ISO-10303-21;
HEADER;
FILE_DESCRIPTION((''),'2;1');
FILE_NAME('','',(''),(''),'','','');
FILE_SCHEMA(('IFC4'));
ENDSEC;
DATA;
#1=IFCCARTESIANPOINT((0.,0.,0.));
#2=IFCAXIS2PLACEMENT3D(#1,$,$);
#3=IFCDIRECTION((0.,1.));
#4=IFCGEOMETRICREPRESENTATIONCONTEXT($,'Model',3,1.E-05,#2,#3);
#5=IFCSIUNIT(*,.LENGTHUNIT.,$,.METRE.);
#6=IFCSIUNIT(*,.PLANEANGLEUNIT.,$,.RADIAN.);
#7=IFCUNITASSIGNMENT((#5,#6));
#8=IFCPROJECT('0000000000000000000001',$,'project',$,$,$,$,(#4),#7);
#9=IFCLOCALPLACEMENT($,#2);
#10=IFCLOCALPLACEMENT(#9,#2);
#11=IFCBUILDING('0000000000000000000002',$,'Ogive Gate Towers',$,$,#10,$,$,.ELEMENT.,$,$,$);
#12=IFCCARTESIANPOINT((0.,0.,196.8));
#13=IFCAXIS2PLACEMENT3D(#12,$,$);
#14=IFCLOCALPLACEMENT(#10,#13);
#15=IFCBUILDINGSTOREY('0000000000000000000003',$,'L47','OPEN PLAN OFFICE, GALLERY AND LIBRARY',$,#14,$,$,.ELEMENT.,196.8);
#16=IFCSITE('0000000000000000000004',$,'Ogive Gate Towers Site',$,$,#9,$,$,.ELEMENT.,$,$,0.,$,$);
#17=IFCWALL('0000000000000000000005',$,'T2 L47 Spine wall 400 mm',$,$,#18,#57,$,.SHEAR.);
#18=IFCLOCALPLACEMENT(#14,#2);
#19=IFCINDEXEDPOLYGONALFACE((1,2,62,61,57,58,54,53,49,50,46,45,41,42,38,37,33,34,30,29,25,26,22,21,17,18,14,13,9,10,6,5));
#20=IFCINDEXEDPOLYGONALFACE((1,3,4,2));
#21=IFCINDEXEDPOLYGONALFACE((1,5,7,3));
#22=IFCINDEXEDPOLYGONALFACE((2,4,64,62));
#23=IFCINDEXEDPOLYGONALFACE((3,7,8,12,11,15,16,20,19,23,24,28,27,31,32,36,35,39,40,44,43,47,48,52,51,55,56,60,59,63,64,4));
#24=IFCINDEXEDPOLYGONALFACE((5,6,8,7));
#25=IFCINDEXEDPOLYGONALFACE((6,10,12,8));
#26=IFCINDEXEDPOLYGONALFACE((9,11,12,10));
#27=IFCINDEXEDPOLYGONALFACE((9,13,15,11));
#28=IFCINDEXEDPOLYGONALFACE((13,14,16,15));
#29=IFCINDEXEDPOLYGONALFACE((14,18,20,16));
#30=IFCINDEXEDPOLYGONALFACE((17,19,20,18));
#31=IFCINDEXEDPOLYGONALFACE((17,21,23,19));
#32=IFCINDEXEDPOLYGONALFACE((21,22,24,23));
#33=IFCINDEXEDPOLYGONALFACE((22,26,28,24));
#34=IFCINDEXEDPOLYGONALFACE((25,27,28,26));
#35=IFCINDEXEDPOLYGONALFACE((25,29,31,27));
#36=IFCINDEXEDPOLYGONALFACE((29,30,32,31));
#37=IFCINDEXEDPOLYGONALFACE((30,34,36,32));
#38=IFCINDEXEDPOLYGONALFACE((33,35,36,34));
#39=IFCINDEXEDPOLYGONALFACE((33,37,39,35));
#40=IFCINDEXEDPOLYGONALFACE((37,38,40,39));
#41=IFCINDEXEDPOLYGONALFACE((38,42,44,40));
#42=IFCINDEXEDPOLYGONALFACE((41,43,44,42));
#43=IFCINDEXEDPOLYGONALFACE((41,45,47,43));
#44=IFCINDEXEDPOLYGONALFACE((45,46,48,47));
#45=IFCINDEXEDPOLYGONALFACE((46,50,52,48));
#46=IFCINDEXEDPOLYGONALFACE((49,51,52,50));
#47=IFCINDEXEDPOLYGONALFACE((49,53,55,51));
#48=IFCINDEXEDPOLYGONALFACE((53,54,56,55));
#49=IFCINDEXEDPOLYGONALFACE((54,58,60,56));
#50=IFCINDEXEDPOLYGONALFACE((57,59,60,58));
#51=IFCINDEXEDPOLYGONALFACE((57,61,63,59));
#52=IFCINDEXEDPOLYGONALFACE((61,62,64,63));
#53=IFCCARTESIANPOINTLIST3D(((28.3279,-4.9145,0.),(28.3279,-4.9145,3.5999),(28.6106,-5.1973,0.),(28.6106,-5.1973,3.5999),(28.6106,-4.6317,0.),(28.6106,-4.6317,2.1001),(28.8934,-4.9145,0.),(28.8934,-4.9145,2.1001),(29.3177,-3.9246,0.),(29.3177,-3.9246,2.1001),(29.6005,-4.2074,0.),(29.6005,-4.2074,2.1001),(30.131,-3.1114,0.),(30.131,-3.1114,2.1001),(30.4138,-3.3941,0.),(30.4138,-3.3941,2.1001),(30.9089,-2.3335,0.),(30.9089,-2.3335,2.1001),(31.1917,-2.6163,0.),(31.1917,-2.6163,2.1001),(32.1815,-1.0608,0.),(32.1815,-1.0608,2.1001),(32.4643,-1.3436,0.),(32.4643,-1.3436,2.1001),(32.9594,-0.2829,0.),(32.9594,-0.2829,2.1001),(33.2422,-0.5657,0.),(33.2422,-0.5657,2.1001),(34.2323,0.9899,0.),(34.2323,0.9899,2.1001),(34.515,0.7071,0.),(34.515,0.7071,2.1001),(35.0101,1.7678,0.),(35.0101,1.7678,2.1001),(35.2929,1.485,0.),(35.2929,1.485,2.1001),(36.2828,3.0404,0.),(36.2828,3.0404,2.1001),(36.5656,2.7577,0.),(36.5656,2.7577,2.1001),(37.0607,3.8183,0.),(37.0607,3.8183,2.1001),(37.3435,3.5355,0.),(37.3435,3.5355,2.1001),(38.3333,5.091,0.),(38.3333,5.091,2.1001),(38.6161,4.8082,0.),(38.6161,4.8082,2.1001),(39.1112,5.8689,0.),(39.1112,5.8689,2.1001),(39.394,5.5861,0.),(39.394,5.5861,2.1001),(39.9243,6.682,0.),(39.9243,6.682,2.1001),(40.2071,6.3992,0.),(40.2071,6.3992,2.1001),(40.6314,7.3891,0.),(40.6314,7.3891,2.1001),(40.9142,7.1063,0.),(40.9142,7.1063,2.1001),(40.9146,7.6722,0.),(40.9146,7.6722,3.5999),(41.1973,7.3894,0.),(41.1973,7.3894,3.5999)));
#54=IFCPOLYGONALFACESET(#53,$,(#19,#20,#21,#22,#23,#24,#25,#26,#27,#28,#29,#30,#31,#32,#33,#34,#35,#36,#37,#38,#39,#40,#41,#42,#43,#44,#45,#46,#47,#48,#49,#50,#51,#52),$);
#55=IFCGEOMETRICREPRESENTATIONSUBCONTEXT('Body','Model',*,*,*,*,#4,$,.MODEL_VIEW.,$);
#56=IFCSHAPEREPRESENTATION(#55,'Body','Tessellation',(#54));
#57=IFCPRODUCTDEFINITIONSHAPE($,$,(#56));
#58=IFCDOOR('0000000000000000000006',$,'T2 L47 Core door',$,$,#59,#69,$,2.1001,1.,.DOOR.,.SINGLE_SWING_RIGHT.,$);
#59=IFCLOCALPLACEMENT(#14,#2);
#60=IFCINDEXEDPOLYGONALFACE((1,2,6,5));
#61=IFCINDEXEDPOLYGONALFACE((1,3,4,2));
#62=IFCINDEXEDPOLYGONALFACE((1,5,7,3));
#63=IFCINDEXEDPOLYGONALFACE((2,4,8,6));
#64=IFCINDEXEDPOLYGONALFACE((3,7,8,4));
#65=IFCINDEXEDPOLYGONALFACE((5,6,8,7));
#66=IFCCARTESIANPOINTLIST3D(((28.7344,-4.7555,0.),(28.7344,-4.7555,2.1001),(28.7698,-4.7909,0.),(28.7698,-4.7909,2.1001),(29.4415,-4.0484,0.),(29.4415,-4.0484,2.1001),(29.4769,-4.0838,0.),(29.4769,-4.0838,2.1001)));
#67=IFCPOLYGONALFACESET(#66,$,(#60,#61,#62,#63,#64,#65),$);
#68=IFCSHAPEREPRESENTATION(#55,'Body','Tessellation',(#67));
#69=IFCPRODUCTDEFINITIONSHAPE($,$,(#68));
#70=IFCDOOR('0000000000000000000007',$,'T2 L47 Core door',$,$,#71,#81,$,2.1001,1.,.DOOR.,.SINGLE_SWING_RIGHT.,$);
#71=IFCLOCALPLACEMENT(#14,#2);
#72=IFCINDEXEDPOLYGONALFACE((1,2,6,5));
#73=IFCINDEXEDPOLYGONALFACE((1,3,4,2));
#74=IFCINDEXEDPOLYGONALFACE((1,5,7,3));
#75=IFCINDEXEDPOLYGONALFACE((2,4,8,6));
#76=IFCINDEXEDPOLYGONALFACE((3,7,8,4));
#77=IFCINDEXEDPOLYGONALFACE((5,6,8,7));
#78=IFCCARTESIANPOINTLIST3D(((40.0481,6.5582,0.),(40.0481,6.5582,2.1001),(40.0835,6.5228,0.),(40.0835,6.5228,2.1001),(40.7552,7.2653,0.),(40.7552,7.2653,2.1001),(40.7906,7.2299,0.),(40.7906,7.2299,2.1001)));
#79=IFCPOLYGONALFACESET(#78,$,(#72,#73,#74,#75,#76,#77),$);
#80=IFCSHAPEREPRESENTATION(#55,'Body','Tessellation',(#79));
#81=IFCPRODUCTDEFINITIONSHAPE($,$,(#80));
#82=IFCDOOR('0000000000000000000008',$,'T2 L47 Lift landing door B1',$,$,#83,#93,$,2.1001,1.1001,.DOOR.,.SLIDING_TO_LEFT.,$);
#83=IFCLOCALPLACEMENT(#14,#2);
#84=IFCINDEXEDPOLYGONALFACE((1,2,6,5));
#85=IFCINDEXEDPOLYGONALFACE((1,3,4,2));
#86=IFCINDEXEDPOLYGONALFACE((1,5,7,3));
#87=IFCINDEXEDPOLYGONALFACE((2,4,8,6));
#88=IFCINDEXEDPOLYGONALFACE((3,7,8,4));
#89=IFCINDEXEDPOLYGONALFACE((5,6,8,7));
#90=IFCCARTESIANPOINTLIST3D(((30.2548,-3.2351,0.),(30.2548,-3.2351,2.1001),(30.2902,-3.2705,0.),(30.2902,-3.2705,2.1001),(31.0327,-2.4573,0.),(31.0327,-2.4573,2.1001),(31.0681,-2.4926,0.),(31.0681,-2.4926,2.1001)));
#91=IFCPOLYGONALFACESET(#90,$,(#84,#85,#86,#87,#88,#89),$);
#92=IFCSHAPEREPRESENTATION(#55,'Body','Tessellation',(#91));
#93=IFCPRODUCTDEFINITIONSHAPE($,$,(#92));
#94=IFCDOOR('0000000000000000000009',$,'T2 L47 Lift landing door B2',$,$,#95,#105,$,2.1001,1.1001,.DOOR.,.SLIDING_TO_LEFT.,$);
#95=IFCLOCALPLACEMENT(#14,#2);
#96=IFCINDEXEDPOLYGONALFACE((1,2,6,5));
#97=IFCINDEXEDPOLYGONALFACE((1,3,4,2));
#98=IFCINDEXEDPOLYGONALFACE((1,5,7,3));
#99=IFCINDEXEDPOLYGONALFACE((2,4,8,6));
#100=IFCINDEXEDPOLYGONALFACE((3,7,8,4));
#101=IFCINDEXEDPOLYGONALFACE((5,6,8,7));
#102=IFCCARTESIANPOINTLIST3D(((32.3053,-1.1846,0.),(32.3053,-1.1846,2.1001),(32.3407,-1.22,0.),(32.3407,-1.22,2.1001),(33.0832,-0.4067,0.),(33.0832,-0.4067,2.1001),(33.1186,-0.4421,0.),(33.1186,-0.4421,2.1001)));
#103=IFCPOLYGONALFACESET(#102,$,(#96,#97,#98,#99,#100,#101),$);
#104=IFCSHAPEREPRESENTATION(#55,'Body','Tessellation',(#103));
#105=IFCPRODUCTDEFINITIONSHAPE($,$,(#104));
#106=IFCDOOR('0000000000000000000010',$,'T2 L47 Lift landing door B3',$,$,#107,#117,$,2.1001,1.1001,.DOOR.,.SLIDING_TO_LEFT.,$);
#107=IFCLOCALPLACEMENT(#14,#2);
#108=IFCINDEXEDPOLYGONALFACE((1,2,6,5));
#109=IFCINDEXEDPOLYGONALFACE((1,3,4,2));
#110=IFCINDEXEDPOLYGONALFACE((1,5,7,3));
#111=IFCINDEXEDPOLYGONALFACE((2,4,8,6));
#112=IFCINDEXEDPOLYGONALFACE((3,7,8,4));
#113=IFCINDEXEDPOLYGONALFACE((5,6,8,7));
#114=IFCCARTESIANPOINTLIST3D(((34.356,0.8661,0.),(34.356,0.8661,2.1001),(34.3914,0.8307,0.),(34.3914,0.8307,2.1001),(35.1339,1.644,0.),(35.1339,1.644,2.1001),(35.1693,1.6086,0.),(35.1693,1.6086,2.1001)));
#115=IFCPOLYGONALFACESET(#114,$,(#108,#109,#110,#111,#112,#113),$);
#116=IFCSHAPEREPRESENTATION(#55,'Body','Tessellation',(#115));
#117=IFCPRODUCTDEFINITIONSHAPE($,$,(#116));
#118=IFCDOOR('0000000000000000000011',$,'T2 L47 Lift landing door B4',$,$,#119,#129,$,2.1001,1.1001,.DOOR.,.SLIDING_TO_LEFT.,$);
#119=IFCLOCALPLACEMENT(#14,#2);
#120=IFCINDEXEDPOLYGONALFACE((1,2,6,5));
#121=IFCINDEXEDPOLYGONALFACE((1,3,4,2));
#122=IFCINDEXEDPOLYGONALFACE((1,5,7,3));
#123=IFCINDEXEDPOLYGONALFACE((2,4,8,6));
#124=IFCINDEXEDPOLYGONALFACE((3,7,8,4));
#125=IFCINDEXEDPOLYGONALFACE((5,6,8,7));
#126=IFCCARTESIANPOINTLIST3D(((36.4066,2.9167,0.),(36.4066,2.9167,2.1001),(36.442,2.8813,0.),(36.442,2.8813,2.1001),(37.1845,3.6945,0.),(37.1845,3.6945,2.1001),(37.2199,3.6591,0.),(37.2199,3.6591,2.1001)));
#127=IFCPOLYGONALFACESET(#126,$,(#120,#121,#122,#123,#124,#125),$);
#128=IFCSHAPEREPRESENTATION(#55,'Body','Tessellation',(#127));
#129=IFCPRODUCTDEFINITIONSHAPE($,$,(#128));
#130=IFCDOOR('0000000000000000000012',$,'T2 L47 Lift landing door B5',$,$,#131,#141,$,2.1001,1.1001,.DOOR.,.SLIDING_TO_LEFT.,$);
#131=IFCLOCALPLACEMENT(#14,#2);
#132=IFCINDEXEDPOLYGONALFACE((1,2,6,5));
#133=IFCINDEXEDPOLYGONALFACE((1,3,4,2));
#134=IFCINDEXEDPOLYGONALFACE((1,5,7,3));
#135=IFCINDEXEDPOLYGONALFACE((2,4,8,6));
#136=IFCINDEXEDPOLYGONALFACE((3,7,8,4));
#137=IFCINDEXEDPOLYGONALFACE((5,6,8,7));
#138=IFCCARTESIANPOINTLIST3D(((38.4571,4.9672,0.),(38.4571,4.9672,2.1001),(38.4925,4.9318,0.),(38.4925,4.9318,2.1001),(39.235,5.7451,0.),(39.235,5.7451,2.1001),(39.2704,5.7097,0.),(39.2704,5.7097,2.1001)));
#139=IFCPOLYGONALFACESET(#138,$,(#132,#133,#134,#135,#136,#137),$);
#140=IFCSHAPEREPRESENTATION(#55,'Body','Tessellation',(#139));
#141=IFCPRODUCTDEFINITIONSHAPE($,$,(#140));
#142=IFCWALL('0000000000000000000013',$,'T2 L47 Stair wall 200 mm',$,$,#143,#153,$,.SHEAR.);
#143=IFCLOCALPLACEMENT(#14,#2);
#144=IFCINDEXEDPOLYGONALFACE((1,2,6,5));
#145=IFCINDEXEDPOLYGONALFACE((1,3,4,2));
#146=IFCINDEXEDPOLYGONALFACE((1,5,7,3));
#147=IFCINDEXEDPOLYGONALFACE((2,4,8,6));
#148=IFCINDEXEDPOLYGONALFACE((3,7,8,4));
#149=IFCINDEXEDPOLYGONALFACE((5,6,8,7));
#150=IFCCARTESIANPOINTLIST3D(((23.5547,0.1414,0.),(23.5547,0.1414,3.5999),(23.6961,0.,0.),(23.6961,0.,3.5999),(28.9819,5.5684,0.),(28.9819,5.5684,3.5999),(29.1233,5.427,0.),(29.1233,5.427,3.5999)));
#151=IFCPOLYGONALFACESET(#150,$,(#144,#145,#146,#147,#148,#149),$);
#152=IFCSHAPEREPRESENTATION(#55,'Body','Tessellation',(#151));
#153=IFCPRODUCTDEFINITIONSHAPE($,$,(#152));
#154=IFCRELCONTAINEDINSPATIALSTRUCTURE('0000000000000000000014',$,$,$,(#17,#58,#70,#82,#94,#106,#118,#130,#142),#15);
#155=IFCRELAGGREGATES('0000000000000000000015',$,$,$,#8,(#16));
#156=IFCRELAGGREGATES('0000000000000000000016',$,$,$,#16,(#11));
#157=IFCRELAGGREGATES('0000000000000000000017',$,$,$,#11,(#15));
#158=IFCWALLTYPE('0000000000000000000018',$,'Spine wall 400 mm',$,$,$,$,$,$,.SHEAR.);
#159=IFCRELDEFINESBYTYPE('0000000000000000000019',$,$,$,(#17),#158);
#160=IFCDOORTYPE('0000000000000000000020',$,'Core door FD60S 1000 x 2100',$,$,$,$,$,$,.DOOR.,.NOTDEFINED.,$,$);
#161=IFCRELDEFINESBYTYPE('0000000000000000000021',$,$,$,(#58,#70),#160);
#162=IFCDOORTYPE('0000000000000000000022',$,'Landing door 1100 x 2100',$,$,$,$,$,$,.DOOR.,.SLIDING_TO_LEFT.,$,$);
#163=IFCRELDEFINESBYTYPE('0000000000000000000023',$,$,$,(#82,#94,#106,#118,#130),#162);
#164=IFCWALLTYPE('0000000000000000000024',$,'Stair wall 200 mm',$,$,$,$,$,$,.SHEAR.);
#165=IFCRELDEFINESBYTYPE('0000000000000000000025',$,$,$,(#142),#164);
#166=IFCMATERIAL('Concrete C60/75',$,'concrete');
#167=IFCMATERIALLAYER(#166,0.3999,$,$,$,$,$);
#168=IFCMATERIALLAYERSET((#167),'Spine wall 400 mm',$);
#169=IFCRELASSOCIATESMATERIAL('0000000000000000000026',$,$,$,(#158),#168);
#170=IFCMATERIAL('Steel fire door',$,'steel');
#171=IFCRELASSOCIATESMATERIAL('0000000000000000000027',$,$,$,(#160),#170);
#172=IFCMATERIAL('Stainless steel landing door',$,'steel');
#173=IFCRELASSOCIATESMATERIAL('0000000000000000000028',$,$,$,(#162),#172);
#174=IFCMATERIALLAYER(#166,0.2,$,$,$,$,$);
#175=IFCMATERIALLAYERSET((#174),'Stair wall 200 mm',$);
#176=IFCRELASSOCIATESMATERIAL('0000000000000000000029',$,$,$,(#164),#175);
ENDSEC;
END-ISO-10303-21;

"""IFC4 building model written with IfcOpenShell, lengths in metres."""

from ifc_helpers import new_model, si_unit, direction, frame, frame_2d, origin, place, context, subcontext, project, spatial, rectangle, extrude, material, layer, layer_set, type_object, element, fill, save


model = new_model("IFC4")

# Units and contexts
model_context = context("Model", 3, precision=1e-05, world=origin(), true_north=direction((0.0, 1.0)))
body_context = subcontext(model_context, "Body", "Model", "MODEL_VIEW")
ifc_project = project(units=[si_unit("LENGTHUNIT", "METRE"), si_unit("PLANEANGLEUNIT", "RADIAN")], contexts=[model_context])

# Site, building, storey
site_placement = place(None, origin())
site = spatial("IfcSite", under=ifc_project, at=site_placement, Name="Ogive Gate Towers Site", CompositionType="ELEMENT", RefElevation=0.0)
building_placement = place(site_placement, origin())
building = spatial("IfcBuilding", under=site, at=building_placement, Name="Ogive Gate Towers", CompositionType="ELEMENT")
storey_placement = place(building_placement, frame((0.0, 0.0, 196.8)))
storey = spatial("IfcBuildingStorey", under=building, at=storey_placement, Name="L47", Description="OPEN PLAN OFFICE, GALLERY AND LIBRARY", CompositionType="ELEMENT", Elevation=196.8)

# Shared definitions
ifc_material_1 = material(Name="Concrete C60/75", Category="concrete")
ifc_material_2 = material(Name="Steel fire door", Category="steel")

# Wall, openings, doors
ifc_layer_1 = layer(ifc_material_1, 0.3999)
ifc_layer_set_1 = layer_set([ifc_layer_1], Name="Spine wall 400 mm")
wall_type_1 = type_object("IfcWallType", Name="Spine wall 400 mm", PredefinedType="SHEAR", material=ifc_layer_set_1)
door_type_1 = type_object("IfcDoorType", Name="Core door FD60S 1000 x 2100", OperationType="NOTDEFINED", PredefinedType="DOOR", material=ifc_material_2)
ifc_material_3 = material(Name="Stainless steel landing door", Category="steel")
door_type_2 = type_object("IfcDoorType", Name="Landing door 1100 x 2100", OperationType="SLIDING_TO_LEFT", PredefinedType="DOOR", material=ifc_material_3)
wall_1_placement = place(storey_placement, frame((28.4692, -5.0559, 0.0), z_axis=(0.0, 0.0, 1.0), x_axis=(0.707107, 0.707107, 0.0)))
wall_1 = element("IfcWall", 1, at=wall_1_placement, inside=storey, type_object=wall_type_1, Name="T2 L47 Spine wall 400 mm", PredefinedType="SHEAR", context=body_context, shape_type="SweptSolid", body=[
    extrude(rectangle(XDim=17.8003, YDim=0.3999, at=frame_2d((8.9001, 0.0))), origin(), (0.0, 0.0, 1.0), 3.5999),
])
opening_1_placement = place(wall_1_placement, frame((0.3999, 0.0, 0.0)))
opening_1 = element("IfcOpeningElement", 2, at=opening_1_placement, cuts=wall_1, PredefinedType="OPENING", context=body_context, shape_type="SweptSolid", body=[
    extrude(rectangle(XDim=1.0, YDim=2.1001, at=frame_2d((0.5, 1.05))), frame((0.0, 0.21, 0.0), z_axis=(0.0, -1.0, 0.0), x_axis=(1.0, 0.0, 0.0)), (0.0, 0.0, 1.0), 0.4199),
])
opening_2_placement = place(wall_1_placement, frame((2.55, 0.0, 0.0)))
opening_2 = element("IfcOpeningElement", 3, at=opening_2_placement, cuts=wall_1, PredefinedType="OPENING", context=body_context, shape_type="SweptSolid", body=[
    extrude(rectangle(XDim=1.1001, YDim=2.1001, at=frame_2d((0.55, 1.05))), frame((0.0, 0.21, 0.0), z_axis=(0.0, -1.0, 0.0), x_axis=(1.0, 0.0, 0.0)), (0.0, 0.0, 1.0), 0.4199),
])
opening_3_placement = place(wall_1_placement, frame((5.45, 0.0, 0.0)))
opening_3 = element("IfcOpeningElement", 4, at=opening_3_placement, cuts=wall_1, PredefinedType="OPENING", context=body_context, shape_type="SweptSolid", body=[
    extrude(rectangle(XDim=1.1001, YDim=2.1001, at=frame_2d((0.55, 1.05))), frame((0.0, 0.21, 0.0), z_axis=(0.0, -1.0, 0.0), x_axis=(1.0, 0.0, 0.0)), (0.0, 0.0, 1.0), 0.4199),
])
opening_4_placement = place(wall_1_placement, frame((8.3501, 0.0, 0.0)))
opening_4 = element("IfcOpeningElement", 5, at=opening_4_placement, cuts=wall_1, PredefinedType="OPENING", context=body_context, shape_type="SweptSolid", body=[
    extrude(rectangle(XDim=1.1001, YDim=2.1001, at=frame_2d((0.55, 1.05))), frame((0.0, 0.21, 0.0), z_axis=(0.0, -1.0, 0.0), x_axis=(1.0, 0.0, 0.0)), (0.0, 0.0, 1.0), 0.4199),
])
opening_5_placement = place(wall_1_placement, frame((11.25, 0.0, 0.0)))
opening_5 = element("IfcOpeningElement", 6, at=opening_5_placement, cuts=wall_1, PredefinedType="OPENING", context=body_context, shape_type="SweptSolid", body=[
    extrude(rectangle(XDim=1.1001, YDim=2.1001, at=frame_2d((0.55, 1.05))), frame((0.0, 0.21, 0.0), z_axis=(0.0, -1.0, 0.0), x_axis=(1.0, 0.0, 0.0)), (0.0, 0.0, 1.0), 0.4199),
])
opening_6_placement = place(wall_1_placement, frame((14.1499, 0.0, 0.0)))
opening_6 = element("IfcOpeningElement", 7, at=opening_6_placement, cuts=wall_1, PredefinedType="OPENING", context=body_context, shape_type="SweptSolid", body=[
    extrude(rectangle(XDim=1.1001, YDim=2.1001, at=frame_2d((0.55, 1.05))), frame((0.0, 0.21, 0.0), z_axis=(0.0, -1.0, 0.0), x_axis=(1.0, 0.0, 0.0)), (0.0, 0.0, 1.0), 0.4199),
])
opening_7_placement = place(wall_1_placement, frame((16.3999, 0.0, 0.0)))
opening_7 = element("IfcOpeningElement", 8, at=opening_7_placement, cuts=wall_1, PredefinedType="OPENING", context=body_context, shape_type="SweptSolid", body=[
    extrude(rectangle(XDim=1.0, YDim=2.1001, at=frame_2d((0.5, 1.05))), frame((0.0, 0.21, 0.0), z_axis=(0.0, -1.0, 0.0), x_axis=(1.0, 0.0, 0.0)), (0.0, 0.0, 1.0), 0.4199),
])
door_1_placement = place(opening_1_placement, origin())
door_1 = element("IfcDoor", 9, at=door_1_placement, inside=storey, type_object=door_type_1, Name="T2 L47 Core door", OperationType="SINGLE_SWING_RIGHT", OverallHeight=2.1001, OverallWidth=1.0, PredefinedType="DOOR", context=body_context, shape_type="SweptSolid", body=[
    extrude(rectangle(XDim=1.0, YDim=2.1001, at=frame_2d((0.5, 1.05))), frame((0.0, 0.0249, 0.0), z_axis=(0.0, -1.0, 0.0), x_axis=(1.0, 0.0, 0.0)), (0.0, 0.0, 1.0), 0.05),
])
fill(opening_1, door_1)
door_2_placement = place(opening_7_placement, origin())
door_2 = element("IfcDoor", 10, at=door_2_placement, inside=storey, type_object=door_type_1, Name="T2 L47 Core door", OperationType="SINGLE_SWING_RIGHT", OverallHeight=2.1001, OverallWidth=1.0, PredefinedType="DOOR", context=body_context, shape_type="SweptSolid", body=[
    extrude(rectangle(XDim=1.0, YDim=2.1001, at=frame_2d((0.5, 1.05))), frame((0.0, 0.0249, 0.0), z_axis=(0.0, -1.0, 0.0), x_axis=(1.0, 0.0, 0.0)), (0.0, 0.0, 1.0), 0.05),
])
fill(opening_7, door_2)
door_3_placement = place(opening_2_placement, origin())
door_3 = element("IfcDoor", 11, at=door_3_placement, inside=storey, type_object=door_type_2, Name="T2 L47 Lift landing door B1", OperationType="SLIDING_TO_LEFT", OverallHeight=2.1001, OverallWidth=1.1001, PredefinedType="DOOR", context=body_context, shape_type="SweptSolid", body=[
    extrude(rectangle(XDim=1.1001, YDim=2.1001, at=frame_2d((0.55, 1.05))), frame((0.0, 0.0249, 0.0), z_axis=(0.0, -1.0, 0.0), x_axis=(1.0, 0.0, 0.0)), (0.0, 0.0, 1.0), 0.05),
])
fill(opening_2, door_3)
door_4_placement = place(opening_3_placement, origin())
door_4 = element("IfcDoor", 12, at=door_4_placement, inside=storey, type_object=door_type_2, Name="T2 L47 Lift landing door B2", OperationType="SLIDING_TO_LEFT", OverallHeight=2.1001, OverallWidth=1.1001, PredefinedType="DOOR", context=body_context, shape_type="SweptSolid", body=[
    extrude(rectangle(XDim=1.1001, YDim=2.1001, at=frame_2d((0.55, 1.05))), frame((0.0, 0.0249, 0.0), z_axis=(0.0, -1.0, 0.0), x_axis=(1.0, 0.0, 0.0)), (0.0, 0.0, 1.0), 0.05),
])
fill(opening_3, door_4)
door_5_placement = place(opening_4_placement, origin())
door_5 = element("IfcDoor", 13, at=door_5_placement, inside=storey, type_object=door_type_2, Name="T2 L47 Lift landing door B3", OperationType="SLIDING_TO_LEFT", OverallHeight=2.1001, OverallWidth=1.1001, PredefinedType="DOOR", context=body_context, shape_type="SweptSolid", body=[
    extrude(rectangle(XDim=1.1001, YDim=2.1001, at=frame_2d((0.55, 1.05))), frame((0.0, 0.0249, 0.0), z_axis=(0.0, -1.0, 0.0), x_axis=(1.0, 0.0, 0.0)), (0.0, 0.0, 1.0), 0.05),
])
fill(opening_4, door_5)
door_6_placement = place(opening_5_placement, origin())
door_6 = element("IfcDoor", 14, at=door_6_placement, inside=storey, type_object=door_type_2, Name="T2 L47 Lift landing door B4", OperationType="SLIDING_TO_LEFT", OverallHeight=2.1001, OverallWidth=1.1001, PredefinedType="DOOR", context=body_context, shape_type="SweptSolid", body=[
    extrude(rectangle(XDim=1.1001, YDim=2.1001, at=frame_2d((0.55, 1.05))), frame((0.0, 0.0249, 0.0), z_axis=(0.0, -1.0, 0.0), x_axis=(1.0, 0.0, 0.0)), (0.0, 0.0, 1.0), 0.05),
])
fill(opening_5, door_6)
door_7_placement = place(opening_6_placement, origin())
door_7 = element("IfcDoor", 15, at=door_7_placement, inside=storey, type_object=door_type_2, Name="T2 L47 Lift landing door B5", OperationType="SLIDING_TO_LEFT", OverallHeight=2.1001, OverallWidth=1.1001, PredefinedType="DOOR", context=body_context, shape_type="SweptSolid", body=[
    extrude(rectangle(XDim=1.1001, YDim=2.1001, at=frame_2d((0.55, 1.05))), frame((0.0, 0.0249, 0.0), z_axis=(0.0, -1.0, 0.0), x_axis=(1.0, 0.0, 0.0)), (0.0, 0.0, 1.0), 0.05),
])
fill(opening_6, door_7)

# Wall
ifc_layer_2 = layer(ifc_material_1, 0.2)
ifc_layer_set_2 = layer_set([ifc_layer_2], Name="Stair wall 200 mm")
wall_type_2 = type_object("IfcWallType", Name="Stair wall 200 mm", PredefinedType="SHEAR", material=ifc_layer_set_2)
wall_2_placement = place(storey_placement, frame((23.6255, 0.0708, 0.0), z_axis=(0.0, 0.0, 1.0), x_axis=(0.707123, 0.707091, 0.0)))
element("IfcWall", 16, at=wall_2_placement, inside=storey, type_object=wall_type_2, Name="T2 L47 Stair wall 200 mm", PredefinedType="SHEAR", context=body_context, shape_type="SweptSolid", body=[
    extrude(rectangle(XDim=7.675, YDim=0.2, at=frame_2d((3.8374, 0.0))), origin(), (0.0, 0.0, 1.0), 3.5999),
])

save(model, "model.ifc")
